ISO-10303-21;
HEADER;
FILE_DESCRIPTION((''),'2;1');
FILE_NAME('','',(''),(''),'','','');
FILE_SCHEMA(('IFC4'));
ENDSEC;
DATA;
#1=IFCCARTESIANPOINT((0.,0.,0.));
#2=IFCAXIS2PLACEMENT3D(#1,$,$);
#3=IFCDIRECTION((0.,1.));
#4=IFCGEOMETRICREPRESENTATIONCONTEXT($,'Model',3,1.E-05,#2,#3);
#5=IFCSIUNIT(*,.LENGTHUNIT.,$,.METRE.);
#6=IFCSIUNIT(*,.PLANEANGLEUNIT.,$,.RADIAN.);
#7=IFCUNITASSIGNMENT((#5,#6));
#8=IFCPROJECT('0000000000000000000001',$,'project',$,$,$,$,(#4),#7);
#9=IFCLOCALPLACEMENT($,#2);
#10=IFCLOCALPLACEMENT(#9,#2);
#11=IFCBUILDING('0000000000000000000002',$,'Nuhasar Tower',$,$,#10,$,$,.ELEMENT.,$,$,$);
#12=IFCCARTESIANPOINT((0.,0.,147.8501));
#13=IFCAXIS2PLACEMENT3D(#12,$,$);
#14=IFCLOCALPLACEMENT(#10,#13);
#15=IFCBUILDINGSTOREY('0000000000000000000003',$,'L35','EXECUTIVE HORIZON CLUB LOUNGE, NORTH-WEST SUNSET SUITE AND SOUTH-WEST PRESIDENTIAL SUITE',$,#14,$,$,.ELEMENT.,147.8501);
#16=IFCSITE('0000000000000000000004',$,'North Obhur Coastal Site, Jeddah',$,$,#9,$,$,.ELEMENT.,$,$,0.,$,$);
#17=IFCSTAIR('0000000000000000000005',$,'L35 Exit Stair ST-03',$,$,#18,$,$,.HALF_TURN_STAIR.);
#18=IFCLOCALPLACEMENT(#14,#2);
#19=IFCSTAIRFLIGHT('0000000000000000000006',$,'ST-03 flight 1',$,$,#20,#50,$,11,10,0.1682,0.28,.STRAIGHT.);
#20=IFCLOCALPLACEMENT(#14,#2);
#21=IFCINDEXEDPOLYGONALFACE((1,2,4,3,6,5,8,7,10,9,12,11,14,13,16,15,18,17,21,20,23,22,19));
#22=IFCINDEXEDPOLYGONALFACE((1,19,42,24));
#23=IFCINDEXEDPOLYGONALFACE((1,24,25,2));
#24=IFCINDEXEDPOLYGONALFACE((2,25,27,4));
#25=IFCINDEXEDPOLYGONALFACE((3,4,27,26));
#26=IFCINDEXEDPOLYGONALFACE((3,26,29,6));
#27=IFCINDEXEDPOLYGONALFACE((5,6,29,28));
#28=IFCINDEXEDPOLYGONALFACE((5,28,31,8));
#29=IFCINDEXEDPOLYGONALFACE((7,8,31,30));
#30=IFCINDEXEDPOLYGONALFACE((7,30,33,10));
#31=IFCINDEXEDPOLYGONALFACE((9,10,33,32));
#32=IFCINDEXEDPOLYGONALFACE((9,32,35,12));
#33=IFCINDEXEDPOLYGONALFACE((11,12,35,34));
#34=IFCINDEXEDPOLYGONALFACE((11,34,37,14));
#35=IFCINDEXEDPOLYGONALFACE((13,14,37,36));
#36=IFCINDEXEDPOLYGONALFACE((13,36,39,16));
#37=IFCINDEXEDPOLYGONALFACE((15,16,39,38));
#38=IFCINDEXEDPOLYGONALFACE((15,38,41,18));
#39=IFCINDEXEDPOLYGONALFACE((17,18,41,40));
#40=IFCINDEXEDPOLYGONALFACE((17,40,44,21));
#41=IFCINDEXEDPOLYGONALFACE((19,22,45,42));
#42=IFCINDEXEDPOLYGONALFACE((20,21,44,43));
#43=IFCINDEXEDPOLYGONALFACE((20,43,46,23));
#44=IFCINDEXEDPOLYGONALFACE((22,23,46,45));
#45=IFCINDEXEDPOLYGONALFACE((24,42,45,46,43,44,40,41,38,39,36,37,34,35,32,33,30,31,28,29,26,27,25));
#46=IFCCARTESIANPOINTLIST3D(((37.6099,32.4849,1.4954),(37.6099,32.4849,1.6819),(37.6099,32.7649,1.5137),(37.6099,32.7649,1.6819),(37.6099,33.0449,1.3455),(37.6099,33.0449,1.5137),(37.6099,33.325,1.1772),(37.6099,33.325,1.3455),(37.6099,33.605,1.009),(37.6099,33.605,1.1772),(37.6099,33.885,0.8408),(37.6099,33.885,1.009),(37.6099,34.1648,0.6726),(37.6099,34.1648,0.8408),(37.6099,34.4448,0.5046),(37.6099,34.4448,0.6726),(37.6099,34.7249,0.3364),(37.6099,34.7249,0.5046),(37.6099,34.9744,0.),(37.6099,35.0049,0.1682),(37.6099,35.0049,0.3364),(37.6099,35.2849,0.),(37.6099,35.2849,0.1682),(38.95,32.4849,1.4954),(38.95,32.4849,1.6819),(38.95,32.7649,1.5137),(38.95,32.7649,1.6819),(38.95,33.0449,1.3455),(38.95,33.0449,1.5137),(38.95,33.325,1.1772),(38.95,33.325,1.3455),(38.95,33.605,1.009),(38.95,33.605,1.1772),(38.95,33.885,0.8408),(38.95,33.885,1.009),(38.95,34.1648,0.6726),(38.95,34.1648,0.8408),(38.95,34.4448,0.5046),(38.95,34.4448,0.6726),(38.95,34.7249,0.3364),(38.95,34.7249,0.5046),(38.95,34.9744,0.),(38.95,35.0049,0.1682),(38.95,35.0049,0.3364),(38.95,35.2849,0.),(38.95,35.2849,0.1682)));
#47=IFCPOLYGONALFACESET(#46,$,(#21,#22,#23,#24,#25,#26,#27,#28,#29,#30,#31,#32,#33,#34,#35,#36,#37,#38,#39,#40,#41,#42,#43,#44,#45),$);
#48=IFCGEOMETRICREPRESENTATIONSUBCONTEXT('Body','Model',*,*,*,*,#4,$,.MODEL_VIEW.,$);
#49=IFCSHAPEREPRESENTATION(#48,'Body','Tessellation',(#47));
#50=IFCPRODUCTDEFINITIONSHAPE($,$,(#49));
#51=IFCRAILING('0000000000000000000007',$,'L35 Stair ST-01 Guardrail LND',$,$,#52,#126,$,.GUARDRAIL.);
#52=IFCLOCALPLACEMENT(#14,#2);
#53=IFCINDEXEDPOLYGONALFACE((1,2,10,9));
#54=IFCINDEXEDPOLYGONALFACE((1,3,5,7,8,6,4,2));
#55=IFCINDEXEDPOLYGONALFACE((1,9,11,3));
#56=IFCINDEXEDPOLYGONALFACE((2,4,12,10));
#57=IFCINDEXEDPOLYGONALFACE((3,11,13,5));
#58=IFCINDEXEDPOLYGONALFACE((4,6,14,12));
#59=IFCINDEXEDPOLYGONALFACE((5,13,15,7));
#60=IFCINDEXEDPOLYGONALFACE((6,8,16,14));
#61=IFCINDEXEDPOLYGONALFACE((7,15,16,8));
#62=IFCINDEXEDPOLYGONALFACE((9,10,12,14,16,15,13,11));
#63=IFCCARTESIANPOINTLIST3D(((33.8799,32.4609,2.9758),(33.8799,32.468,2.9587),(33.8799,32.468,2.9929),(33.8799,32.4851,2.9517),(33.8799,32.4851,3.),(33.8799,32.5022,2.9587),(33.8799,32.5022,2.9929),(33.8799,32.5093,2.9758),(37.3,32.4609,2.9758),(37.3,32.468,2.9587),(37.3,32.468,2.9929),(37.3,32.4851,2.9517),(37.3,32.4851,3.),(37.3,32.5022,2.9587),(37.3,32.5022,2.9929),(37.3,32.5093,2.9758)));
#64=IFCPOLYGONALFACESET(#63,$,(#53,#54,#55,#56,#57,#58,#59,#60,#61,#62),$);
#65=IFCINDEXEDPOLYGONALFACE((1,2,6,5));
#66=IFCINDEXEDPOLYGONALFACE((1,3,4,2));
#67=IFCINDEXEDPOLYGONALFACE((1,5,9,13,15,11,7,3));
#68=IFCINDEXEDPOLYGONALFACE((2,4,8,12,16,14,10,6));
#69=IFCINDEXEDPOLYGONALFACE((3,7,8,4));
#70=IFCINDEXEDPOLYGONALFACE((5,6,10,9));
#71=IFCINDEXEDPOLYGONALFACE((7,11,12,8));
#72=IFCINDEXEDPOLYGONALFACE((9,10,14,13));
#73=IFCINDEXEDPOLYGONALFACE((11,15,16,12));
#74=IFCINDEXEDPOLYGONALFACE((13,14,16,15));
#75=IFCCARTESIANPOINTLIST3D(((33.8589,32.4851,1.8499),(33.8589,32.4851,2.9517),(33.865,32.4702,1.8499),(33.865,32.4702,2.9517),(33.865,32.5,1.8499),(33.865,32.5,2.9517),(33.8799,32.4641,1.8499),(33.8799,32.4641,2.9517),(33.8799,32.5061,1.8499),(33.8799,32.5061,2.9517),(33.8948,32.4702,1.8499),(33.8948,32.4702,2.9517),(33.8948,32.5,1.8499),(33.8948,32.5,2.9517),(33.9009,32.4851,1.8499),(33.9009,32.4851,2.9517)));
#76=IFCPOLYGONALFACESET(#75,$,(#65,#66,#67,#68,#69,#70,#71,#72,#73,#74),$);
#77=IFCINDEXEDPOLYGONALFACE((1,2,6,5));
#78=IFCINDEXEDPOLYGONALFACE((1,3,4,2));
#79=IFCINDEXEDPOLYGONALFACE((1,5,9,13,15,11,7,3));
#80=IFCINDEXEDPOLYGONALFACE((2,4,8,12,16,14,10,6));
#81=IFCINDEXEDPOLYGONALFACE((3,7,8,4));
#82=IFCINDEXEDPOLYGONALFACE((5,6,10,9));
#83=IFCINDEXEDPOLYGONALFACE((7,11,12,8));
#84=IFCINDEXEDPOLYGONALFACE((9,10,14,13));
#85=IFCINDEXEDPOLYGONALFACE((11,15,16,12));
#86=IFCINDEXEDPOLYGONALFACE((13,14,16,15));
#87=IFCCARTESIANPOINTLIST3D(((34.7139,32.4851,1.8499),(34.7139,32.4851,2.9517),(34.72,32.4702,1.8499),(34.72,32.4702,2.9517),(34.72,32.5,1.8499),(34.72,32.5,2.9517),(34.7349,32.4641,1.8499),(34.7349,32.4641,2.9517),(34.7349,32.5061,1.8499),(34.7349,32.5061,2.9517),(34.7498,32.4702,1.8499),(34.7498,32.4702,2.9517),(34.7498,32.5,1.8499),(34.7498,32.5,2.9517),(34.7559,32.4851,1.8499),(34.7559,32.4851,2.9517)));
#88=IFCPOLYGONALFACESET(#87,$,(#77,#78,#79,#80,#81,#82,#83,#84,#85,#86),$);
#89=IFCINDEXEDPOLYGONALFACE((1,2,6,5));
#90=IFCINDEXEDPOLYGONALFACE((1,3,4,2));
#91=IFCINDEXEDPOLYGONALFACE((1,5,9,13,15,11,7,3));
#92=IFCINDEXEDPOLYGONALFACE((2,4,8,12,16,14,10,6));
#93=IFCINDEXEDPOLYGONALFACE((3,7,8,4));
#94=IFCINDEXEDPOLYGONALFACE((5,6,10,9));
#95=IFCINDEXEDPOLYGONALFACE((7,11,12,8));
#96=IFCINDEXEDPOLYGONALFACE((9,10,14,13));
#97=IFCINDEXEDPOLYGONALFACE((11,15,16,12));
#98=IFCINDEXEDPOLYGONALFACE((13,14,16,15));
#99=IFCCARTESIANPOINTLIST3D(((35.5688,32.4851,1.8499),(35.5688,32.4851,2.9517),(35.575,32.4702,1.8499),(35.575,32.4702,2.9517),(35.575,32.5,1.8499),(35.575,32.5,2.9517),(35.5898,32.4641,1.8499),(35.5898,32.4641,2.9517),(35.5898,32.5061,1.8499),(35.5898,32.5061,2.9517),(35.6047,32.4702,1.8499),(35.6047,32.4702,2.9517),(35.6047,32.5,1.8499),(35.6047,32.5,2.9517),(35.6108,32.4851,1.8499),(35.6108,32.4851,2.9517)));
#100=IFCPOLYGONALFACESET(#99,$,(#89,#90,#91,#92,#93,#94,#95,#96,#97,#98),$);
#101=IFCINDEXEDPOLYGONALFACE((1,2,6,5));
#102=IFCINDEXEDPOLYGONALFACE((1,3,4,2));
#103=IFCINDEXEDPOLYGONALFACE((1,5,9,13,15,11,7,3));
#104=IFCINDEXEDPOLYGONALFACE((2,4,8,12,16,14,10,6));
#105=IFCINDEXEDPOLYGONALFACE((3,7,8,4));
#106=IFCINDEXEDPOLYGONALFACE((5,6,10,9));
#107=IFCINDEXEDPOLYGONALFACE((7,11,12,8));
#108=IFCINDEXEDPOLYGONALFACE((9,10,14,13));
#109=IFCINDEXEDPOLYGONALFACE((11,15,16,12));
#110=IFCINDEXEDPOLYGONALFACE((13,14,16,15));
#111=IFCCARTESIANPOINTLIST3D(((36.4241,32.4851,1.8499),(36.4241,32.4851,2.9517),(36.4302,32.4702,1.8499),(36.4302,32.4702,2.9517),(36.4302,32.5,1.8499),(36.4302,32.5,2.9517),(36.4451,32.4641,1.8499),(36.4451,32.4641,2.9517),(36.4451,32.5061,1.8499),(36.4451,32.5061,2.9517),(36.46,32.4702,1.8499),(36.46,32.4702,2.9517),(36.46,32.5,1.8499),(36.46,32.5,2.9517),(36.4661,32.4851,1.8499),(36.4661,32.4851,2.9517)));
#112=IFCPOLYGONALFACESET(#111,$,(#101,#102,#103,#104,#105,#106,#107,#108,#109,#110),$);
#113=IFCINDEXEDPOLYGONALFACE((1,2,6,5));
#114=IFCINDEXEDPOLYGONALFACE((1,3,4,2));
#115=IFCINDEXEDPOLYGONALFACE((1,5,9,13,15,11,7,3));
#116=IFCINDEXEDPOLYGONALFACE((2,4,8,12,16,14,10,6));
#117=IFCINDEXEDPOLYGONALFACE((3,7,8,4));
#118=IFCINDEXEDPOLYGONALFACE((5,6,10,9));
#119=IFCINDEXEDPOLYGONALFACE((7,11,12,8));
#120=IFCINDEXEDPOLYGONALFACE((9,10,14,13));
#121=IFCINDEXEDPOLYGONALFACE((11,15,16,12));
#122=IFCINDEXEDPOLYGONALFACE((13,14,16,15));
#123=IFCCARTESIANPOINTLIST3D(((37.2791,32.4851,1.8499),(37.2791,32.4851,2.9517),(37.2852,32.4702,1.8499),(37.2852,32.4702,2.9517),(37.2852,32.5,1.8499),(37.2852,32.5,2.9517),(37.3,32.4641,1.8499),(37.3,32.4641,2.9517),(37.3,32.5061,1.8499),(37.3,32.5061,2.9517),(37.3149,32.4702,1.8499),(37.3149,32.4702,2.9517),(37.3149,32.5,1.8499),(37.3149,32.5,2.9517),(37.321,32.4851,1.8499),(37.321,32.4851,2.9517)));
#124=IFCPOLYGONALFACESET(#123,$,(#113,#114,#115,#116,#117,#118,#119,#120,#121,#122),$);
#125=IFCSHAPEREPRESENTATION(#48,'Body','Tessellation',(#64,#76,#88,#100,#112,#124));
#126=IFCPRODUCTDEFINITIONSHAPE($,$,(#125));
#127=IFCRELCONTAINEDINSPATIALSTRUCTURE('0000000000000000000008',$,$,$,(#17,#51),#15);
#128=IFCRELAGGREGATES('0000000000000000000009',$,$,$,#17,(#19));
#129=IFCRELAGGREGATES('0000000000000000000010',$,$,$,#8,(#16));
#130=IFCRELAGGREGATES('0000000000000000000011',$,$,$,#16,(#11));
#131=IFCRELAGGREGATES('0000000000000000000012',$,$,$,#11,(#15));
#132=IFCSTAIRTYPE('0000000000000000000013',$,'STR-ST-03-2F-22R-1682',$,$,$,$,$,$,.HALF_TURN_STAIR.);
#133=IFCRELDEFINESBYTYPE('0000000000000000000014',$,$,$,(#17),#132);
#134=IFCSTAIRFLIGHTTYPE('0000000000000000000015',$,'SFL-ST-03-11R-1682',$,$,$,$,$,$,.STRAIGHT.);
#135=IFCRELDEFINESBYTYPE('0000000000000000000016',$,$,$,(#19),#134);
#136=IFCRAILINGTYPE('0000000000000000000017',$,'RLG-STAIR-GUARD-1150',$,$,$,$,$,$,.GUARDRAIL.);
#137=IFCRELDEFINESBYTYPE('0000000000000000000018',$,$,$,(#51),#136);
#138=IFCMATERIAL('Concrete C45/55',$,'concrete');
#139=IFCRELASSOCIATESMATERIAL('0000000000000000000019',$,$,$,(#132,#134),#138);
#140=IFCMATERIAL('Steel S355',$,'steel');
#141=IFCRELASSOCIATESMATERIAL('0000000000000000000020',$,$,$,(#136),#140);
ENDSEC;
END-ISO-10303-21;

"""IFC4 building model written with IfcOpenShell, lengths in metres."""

from ifc_helpers import new_model, si_unit, direction, frame, origin, place, context, subcontext, project, spatial, polyline, outline, extrude, material, type_object, element, aggregate, save


model = new_model("IFC4")

# Units and contexts
model_context = context("Model", 3, precision=1e-05, world=origin(), true_north=direction((0.0, 1.0)))
body_context = subcontext(model_context, "Body", "Model", "MODEL_VIEW")
ifc_project = project(units=[si_unit("LENGTHUNIT", "METRE"), si_unit("PLANEANGLEUNIT", "RADIAN")], contexts=[model_context])

# Site, building, storey
site_placement = place(None, origin())
site = spatial("IfcSite", under=ifc_project, at=site_placement, Name="North Obhur Coastal Site, Jeddah", CompositionType="ELEMENT", RefElevation=0.0)
building_placement = place(site_placement, origin())
building = spatial("IfcBuilding", under=site, at=building_placement, Name="Nuhasar Tower", CompositionType="ELEMENT")
storey_placement = place(building_placement, frame((0.0, 0.0, 147.8501)))
storey = spatial("IfcBuildingStorey", under=building, at=storey_placement, Name="L35", Description="EXECUTIVE HORIZON CLUB LOUNGE, NORTH-WEST SUNSET SUITE AND SOUTH-WEST PRESIDENTIAL SUITE", CompositionType="ELEMENT", Elevation=147.8501)

# Shared definitions
ifc_material_1 = material(Name="Steel S355", Category="steel")

# Shared definitions
ifc_material_2 = material(Name="Concrete C45/55", Category="concrete")

# Stair, stair flight
stair_type_1 = type_object("IfcStairType", Name="STR-ST-03-2F-22R-1682", PredefinedType="HALF_TURN_STAIR", material=ifc_material_2)
stair_1_placement = place(storey_placement, origin())
stair_1 = element("IfcStair", 1, at=stair_1_placement, inside=storey, type_object=stair_type_1, Name="L35 Exit Stair ST-03", PredefinedType="HALF_TURN_STAIR")
stair_flight_type_1 = type_object("IfcStairFlightType", Name="SFL-ST-03-11R-1682", PredefinedType="STRAIGHT", material=ifc_material_2)
stair_flight_1_placement = place(storey_placement, frame((38.28, 35.2849, 0.0), z_axis=(0.0, 0.0, 1.0), x_axis=(0.0, -1.0, 0.0)))
stair_flight_1 = element("IfcStairFlight", 2, at=stair_flight_1_placement, type_object=stair_flight_type_1, Name="ST-03 flight 1", NumberOfRisers=11, NumberOfTreads=10, PredefinedType="STRAIGHT", RiserHeight=0.1682, TreadLength=0.28, context=body_context, shape_type="SweptSolid", body=[
    extrude(outline(polyline([(0.0, 0.0), (0.0, 0.1682), (0.28, 0.1682), (0.28, 0.3364), (0.5601, 0.3364), (0.5601, 0.5046), (0.8401, 0.5046), (0.8401, 0.6726), (1.1201, 0.6726), (1.1201, 0.8408), (1.3999, 0.8408), (1.3999, 1.009), (1.6799, 1.009), (1.6799, 1.1772), (1.96, 1.1772), (1.96, 1.3455), (2.24, 1.3455), (2.24, 1.5137), (2.52, 1.5137), (2.52, 1.6819), (2.8, 1.6819), (2.8, 1.8501), (2.8, 1.4954), (0.3105, 0.0), (0.0, 0.0)])), frame((0.0, 0.6699, 0.0), z_axis=(0.0, -1.0, 0.0), x_axis=(1.0, 0.0, 0.0)), (0.0, 0.0, 1.0), 1.3401),
])
aggregate(stair_1, [stair_flight_1])

# Railing
railing_type_1 = type_object("IfcRailingType", Name="RLG-STAIR-GUARD-1150", PredefinedType="GUARDRAIL", material=ifc_material_1)
railing_1_placement = place(storey_placement, frame((33.8799, 32.4851, 1.8499)))
element("IfcRailing", 3, at=railing_1_placement, inside=storey, type_object=railing_type_1, Name="L35 Stair ST-01 Guardrail LND", PredefinedType="GUARDRAIL", context=body_context, shape_type="SweptSolid", body=[
    extrude(outline(polyline([(0.0242, 0.0), (0.0171, 0.0171), (0.0, 0.0242), (-0.0171, 0.0171), (-0.0242, 0.0), (-0.0171, -0.0171), (0.0, -0.0242), (0.0171, -0.0171), (0.0242, 0.0)])), frame((0.0, 0.0, 1.126), z_axis=(1.0, 0.0, 0.0), x_axis=(0.0, 1.0, 0.0)), (0.0, 0.0, 1.0), 3.4202),
    extrude(outline(polyline([(0.021, 0.0), (0.0149, 0.0149), (0.0, 0.021), (-0.0149, 0.0149), (-0.021, 0.0), (-0.0149, -0.0149), (0.0, -0.021), (0.0149, -0.0149), (0.021, 0.0)])), origin(), (0.0, 0.0, 1.0), 1.1018),
    extrude(outline(polyline([(0.021, 0.0), (0.0149, 0.0149), (0.0, 0.021), (-0.0149, 0.0149), (-0.021, 0.0), (-0.0149, -0.0149), (0.0, -0.021), (0.0149, -0.0149), (0.021, 0.0)])), frame((0.855, 0.0, 0.0)), (0.0, 0.0, 1.0), 1.1018),
    extrude(outline(polyline([(0.021, 0.0), (0.0149, 0.0149), (0.0, 0.021), (-0.0149, 0.0149), (-0.021, 0.0), (-0.0149, -0.0149), (0.0, -0.021), (0.0149, -0.0149), (0.021, 0.0)])), frame((1.71, 0.0, 0.0)), (0.0, 0.0, 1.0), 1.1018),
    extrude(outline(polyline([(0.021, 0.0), (0.0149, 0.0149), (0.0, 0.021), (-0.0149, 0.0149), (-0.021, 0.0), (-0.0149, -0.0149), (0.0, -0.021), (0.0149, -0.0149), (0.021, 0.0)])), frame((2.5652, 0.0, 0.0)), (0.0, 0.0, 1.0), 1.1018),
    extrude(outline(polyline([(0.021, 0.0), (0.0149, 0.0149), (0.0, 0.021), (-0.0149, 0.0149), (-0.021, 0.0), (-0.0149, -0.0149), (0.0, -0.021), (0.0149, -0.0149), (0.021, 0.0)])), frame((3.4202, 0.0, 0.0)), (0.0, 0.0, 1.0), 1.1018),
])

save(model, "model.ifc")
